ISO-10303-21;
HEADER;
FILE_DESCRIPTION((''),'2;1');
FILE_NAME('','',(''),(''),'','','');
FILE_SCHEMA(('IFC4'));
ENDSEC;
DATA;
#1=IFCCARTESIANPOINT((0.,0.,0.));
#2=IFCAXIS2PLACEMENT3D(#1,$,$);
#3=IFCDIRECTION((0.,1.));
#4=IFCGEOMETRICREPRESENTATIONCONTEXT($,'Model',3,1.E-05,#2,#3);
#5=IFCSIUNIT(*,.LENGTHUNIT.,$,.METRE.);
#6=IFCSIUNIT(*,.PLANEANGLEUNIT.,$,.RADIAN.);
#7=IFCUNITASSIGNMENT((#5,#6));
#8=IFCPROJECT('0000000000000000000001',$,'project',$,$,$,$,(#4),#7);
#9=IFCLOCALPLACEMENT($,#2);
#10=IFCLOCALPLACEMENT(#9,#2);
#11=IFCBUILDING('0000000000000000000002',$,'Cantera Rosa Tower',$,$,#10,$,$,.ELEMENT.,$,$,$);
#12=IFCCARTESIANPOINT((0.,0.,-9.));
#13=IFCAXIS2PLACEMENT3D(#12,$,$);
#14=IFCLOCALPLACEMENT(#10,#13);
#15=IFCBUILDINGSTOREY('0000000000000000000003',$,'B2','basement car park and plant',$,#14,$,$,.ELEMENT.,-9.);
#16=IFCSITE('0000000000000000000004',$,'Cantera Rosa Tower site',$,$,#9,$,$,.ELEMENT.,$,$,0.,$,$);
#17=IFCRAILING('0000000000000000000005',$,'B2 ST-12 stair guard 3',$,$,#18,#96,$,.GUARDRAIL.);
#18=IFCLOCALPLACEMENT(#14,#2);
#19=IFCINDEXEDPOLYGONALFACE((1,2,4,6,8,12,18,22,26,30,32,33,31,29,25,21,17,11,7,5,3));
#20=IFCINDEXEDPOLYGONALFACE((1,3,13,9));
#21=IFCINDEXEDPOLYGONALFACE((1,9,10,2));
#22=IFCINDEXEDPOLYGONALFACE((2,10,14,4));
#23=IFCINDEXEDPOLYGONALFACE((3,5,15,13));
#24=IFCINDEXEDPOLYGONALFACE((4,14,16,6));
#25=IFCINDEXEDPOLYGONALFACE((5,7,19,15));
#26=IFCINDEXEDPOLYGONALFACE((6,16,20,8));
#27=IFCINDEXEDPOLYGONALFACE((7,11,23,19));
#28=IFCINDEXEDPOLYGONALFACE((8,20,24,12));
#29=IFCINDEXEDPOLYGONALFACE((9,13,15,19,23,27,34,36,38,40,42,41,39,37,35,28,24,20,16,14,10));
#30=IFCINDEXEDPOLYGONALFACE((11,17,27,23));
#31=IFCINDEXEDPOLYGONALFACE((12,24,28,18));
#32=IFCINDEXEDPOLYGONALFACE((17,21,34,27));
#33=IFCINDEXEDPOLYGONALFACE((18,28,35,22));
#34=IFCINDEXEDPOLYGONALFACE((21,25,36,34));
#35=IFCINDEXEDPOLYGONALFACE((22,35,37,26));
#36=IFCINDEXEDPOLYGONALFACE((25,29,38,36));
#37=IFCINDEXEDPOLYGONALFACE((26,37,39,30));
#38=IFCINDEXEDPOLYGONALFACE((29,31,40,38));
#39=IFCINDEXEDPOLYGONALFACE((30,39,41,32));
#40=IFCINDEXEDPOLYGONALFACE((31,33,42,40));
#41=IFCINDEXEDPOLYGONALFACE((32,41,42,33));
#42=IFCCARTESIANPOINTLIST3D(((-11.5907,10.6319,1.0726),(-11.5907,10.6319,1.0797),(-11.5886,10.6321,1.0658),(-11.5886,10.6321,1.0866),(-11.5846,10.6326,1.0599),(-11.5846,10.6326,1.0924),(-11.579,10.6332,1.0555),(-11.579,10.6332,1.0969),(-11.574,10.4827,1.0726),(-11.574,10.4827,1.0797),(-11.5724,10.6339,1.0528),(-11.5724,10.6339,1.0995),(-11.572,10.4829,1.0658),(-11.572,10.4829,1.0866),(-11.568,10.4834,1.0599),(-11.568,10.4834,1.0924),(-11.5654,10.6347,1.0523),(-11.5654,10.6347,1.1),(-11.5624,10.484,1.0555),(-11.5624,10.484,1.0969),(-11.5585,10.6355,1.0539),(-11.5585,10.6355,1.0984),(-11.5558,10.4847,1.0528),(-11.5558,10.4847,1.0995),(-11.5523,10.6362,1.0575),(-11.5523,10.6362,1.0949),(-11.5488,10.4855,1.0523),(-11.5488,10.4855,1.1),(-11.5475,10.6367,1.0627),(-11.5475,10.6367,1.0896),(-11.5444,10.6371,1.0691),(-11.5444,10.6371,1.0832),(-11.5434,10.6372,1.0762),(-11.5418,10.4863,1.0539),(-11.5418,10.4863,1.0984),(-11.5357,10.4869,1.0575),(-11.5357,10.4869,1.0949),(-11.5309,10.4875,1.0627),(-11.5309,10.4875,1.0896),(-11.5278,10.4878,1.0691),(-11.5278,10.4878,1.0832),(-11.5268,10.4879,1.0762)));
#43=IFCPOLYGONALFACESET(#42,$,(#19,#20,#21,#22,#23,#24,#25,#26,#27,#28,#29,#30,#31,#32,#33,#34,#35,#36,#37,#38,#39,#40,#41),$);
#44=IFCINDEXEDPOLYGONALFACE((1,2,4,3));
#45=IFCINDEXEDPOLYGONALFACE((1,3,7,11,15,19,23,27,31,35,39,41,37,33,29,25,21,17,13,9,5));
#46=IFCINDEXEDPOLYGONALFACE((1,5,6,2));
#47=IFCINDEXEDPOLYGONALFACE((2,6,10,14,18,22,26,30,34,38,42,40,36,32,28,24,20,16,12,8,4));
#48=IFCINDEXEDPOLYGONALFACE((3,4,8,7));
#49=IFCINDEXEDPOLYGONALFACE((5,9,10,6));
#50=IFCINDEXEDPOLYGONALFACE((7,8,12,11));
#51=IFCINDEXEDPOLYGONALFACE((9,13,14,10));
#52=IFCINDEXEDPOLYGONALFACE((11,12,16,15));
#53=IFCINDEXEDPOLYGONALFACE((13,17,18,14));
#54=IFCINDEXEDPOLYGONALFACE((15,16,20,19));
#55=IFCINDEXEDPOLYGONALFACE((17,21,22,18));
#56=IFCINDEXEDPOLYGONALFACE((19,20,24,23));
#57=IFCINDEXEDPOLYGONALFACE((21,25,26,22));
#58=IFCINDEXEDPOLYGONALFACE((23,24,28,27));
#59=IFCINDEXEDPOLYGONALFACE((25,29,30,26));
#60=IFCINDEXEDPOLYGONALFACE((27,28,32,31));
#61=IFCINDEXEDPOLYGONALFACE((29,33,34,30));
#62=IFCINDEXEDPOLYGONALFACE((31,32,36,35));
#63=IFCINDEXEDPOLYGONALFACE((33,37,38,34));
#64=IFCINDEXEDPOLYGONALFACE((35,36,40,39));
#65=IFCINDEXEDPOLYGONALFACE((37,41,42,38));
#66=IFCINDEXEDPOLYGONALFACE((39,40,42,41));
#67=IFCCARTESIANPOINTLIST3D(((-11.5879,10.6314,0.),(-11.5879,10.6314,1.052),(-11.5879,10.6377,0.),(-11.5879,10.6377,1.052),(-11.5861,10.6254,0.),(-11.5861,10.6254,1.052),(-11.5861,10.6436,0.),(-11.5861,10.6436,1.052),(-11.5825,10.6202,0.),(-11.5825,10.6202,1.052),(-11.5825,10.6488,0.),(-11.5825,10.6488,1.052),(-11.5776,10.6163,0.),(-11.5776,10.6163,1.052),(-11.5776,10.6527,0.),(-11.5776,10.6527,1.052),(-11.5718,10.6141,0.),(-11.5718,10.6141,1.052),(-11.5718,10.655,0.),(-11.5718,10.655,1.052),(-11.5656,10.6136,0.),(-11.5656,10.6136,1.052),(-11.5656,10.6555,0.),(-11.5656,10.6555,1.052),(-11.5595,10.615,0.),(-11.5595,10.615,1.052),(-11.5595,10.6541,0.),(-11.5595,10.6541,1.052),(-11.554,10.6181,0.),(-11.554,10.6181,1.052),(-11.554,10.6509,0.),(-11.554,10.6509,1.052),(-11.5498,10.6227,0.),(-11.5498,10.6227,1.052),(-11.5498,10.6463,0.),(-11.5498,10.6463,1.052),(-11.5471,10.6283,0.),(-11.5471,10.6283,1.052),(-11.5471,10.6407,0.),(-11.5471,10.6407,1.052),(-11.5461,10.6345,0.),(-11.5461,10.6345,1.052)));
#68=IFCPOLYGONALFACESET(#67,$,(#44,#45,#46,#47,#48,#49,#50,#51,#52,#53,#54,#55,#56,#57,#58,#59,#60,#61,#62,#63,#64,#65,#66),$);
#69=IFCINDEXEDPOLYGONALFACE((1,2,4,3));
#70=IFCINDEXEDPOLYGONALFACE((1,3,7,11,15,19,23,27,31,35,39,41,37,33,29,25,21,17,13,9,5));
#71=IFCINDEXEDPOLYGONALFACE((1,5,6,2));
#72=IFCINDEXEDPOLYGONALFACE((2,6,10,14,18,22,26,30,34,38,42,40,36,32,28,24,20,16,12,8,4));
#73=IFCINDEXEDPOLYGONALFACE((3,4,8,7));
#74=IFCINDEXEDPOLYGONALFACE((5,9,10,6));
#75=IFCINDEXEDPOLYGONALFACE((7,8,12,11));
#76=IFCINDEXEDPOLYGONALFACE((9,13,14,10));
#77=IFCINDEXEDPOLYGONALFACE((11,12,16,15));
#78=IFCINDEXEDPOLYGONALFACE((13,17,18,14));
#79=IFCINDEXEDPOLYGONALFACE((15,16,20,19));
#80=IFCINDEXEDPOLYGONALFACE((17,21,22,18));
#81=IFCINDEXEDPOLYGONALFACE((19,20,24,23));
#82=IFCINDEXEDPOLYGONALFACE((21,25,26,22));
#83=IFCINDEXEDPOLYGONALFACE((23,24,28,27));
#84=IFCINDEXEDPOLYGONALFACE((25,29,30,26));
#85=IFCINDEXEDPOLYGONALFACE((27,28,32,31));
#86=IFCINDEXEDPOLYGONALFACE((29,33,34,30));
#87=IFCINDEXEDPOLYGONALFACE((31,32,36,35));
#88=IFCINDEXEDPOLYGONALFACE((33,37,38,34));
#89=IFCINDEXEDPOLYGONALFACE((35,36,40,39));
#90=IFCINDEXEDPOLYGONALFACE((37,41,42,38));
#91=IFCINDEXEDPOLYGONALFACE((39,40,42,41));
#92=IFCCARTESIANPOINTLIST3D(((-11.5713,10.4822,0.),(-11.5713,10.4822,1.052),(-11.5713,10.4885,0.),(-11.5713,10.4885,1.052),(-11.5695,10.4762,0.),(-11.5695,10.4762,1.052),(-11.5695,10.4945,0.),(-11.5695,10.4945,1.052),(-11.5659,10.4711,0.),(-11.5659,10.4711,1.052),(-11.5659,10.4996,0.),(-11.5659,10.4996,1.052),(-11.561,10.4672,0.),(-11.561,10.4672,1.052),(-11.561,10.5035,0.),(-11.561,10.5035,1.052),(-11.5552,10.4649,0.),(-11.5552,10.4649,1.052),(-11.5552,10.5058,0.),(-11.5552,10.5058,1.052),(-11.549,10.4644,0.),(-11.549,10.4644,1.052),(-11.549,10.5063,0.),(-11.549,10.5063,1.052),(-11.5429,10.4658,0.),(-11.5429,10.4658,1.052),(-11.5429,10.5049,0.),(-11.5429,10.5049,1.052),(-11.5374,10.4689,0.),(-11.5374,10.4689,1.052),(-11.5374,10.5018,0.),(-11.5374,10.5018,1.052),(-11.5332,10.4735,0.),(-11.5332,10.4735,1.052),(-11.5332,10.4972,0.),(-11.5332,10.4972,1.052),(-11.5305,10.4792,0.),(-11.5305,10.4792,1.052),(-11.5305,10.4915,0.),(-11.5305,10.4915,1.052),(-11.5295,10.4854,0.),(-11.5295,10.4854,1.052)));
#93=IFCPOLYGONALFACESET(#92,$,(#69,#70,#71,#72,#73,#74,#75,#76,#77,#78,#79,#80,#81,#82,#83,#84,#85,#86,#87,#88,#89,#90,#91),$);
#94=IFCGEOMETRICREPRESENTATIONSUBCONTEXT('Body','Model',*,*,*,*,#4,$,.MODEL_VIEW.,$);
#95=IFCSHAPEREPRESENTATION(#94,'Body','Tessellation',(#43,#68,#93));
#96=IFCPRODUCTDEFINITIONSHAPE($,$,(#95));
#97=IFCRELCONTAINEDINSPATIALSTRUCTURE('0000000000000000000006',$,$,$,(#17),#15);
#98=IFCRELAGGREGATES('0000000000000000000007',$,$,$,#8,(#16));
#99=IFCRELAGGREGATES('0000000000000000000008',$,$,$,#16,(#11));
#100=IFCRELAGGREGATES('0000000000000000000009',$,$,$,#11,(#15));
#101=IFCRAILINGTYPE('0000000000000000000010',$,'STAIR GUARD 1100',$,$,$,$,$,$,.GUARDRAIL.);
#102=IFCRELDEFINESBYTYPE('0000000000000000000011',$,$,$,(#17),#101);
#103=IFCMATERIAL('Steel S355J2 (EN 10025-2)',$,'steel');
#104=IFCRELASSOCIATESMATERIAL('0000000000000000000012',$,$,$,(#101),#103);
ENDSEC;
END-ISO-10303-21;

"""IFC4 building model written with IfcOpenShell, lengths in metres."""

from ifc_helpers import new_model, si_unit, direction, frame, origin, origin_2d, place, context, subcontext, project, spatial, circle, extrude, material, type_object, element, save


model = new_model("IFC4")

# Units and contexts
model_context = context("Model", 3, precision=1e-05, world=origin(), true_north=direction((0.0, 1.0)))
body_context = subcontext(model_context, "Body", "Model", "MODEL_VIEW")
ifc_project = project(units=[si_unit("LENGTHUNIT", "METRE"), si_unit("PLANEANGLEUNIT", "RADIAN")], contexts=[model_context])

# Site, building, storey
site_placement = place(None, origin())
site = spatial("IfcSite", under=ifc_project, at=site_placement, Name="Cantera Rosa Tower site", CompositionType="ELEMENT", RefElevation=0.0)
building_placement = place(site_placement, origin())
building = spatial("IfcBuilding", under=site, at=building_placement, Name="Cantera Rosa Tower", CompositionType="ELEMENT")
storey_placement = place(building_placement, frame((0.0, 0.0, -9.0)))
storey = spatial("IfcBuildingStorey", under=building, at=storey_placement, Name="B2", Description="basement car park and plant", CompositionType="ELEMENT", Elevation=-9.0)

# Railing
ifc_material_1 = material(Name="Steel S355J2 (EN 10025-2)", Category="steel")
railing_type_1 = type_object("IfcRailingType", Name="STAIR GUARD 1100", PredefinedType="GUARDRAIL", material=ifc_material_1)
railing_1_placement = place(storey_placement, frame((-11.5671, 10.6345, 0.0)))
element("IfcRailing", 1, at=railing_1_placement, inside=storey, type_object=railing_type_1, Name="B2 ST-12 stair guard 3", PredefinedType="GUARDRAIL", context=body_context, shape_type="SweptSolid", body=[
    extrude(circle(Radius=0.0239, at=origin_2d()), frame((0.0, 0.0, 1.0762), z_axis=(0.11061, -0.993864, 0.0), x_axis=(0.993864, 0.11061, 0.0)), (0.0, 0.0, 1.0), 0.1501),
    extrude(circle(Radius=0.021, at=origin_2d()), origin(), (0.0, 0.0, 1.0), 1.052),
    extrude(circle(Radius=0.021, at=origin_2d()), frame((0.0166, -0.1492, 0.0)), (0.0, 0.0, 1.0), 1.052),
])

save(model, "model.ifc")
